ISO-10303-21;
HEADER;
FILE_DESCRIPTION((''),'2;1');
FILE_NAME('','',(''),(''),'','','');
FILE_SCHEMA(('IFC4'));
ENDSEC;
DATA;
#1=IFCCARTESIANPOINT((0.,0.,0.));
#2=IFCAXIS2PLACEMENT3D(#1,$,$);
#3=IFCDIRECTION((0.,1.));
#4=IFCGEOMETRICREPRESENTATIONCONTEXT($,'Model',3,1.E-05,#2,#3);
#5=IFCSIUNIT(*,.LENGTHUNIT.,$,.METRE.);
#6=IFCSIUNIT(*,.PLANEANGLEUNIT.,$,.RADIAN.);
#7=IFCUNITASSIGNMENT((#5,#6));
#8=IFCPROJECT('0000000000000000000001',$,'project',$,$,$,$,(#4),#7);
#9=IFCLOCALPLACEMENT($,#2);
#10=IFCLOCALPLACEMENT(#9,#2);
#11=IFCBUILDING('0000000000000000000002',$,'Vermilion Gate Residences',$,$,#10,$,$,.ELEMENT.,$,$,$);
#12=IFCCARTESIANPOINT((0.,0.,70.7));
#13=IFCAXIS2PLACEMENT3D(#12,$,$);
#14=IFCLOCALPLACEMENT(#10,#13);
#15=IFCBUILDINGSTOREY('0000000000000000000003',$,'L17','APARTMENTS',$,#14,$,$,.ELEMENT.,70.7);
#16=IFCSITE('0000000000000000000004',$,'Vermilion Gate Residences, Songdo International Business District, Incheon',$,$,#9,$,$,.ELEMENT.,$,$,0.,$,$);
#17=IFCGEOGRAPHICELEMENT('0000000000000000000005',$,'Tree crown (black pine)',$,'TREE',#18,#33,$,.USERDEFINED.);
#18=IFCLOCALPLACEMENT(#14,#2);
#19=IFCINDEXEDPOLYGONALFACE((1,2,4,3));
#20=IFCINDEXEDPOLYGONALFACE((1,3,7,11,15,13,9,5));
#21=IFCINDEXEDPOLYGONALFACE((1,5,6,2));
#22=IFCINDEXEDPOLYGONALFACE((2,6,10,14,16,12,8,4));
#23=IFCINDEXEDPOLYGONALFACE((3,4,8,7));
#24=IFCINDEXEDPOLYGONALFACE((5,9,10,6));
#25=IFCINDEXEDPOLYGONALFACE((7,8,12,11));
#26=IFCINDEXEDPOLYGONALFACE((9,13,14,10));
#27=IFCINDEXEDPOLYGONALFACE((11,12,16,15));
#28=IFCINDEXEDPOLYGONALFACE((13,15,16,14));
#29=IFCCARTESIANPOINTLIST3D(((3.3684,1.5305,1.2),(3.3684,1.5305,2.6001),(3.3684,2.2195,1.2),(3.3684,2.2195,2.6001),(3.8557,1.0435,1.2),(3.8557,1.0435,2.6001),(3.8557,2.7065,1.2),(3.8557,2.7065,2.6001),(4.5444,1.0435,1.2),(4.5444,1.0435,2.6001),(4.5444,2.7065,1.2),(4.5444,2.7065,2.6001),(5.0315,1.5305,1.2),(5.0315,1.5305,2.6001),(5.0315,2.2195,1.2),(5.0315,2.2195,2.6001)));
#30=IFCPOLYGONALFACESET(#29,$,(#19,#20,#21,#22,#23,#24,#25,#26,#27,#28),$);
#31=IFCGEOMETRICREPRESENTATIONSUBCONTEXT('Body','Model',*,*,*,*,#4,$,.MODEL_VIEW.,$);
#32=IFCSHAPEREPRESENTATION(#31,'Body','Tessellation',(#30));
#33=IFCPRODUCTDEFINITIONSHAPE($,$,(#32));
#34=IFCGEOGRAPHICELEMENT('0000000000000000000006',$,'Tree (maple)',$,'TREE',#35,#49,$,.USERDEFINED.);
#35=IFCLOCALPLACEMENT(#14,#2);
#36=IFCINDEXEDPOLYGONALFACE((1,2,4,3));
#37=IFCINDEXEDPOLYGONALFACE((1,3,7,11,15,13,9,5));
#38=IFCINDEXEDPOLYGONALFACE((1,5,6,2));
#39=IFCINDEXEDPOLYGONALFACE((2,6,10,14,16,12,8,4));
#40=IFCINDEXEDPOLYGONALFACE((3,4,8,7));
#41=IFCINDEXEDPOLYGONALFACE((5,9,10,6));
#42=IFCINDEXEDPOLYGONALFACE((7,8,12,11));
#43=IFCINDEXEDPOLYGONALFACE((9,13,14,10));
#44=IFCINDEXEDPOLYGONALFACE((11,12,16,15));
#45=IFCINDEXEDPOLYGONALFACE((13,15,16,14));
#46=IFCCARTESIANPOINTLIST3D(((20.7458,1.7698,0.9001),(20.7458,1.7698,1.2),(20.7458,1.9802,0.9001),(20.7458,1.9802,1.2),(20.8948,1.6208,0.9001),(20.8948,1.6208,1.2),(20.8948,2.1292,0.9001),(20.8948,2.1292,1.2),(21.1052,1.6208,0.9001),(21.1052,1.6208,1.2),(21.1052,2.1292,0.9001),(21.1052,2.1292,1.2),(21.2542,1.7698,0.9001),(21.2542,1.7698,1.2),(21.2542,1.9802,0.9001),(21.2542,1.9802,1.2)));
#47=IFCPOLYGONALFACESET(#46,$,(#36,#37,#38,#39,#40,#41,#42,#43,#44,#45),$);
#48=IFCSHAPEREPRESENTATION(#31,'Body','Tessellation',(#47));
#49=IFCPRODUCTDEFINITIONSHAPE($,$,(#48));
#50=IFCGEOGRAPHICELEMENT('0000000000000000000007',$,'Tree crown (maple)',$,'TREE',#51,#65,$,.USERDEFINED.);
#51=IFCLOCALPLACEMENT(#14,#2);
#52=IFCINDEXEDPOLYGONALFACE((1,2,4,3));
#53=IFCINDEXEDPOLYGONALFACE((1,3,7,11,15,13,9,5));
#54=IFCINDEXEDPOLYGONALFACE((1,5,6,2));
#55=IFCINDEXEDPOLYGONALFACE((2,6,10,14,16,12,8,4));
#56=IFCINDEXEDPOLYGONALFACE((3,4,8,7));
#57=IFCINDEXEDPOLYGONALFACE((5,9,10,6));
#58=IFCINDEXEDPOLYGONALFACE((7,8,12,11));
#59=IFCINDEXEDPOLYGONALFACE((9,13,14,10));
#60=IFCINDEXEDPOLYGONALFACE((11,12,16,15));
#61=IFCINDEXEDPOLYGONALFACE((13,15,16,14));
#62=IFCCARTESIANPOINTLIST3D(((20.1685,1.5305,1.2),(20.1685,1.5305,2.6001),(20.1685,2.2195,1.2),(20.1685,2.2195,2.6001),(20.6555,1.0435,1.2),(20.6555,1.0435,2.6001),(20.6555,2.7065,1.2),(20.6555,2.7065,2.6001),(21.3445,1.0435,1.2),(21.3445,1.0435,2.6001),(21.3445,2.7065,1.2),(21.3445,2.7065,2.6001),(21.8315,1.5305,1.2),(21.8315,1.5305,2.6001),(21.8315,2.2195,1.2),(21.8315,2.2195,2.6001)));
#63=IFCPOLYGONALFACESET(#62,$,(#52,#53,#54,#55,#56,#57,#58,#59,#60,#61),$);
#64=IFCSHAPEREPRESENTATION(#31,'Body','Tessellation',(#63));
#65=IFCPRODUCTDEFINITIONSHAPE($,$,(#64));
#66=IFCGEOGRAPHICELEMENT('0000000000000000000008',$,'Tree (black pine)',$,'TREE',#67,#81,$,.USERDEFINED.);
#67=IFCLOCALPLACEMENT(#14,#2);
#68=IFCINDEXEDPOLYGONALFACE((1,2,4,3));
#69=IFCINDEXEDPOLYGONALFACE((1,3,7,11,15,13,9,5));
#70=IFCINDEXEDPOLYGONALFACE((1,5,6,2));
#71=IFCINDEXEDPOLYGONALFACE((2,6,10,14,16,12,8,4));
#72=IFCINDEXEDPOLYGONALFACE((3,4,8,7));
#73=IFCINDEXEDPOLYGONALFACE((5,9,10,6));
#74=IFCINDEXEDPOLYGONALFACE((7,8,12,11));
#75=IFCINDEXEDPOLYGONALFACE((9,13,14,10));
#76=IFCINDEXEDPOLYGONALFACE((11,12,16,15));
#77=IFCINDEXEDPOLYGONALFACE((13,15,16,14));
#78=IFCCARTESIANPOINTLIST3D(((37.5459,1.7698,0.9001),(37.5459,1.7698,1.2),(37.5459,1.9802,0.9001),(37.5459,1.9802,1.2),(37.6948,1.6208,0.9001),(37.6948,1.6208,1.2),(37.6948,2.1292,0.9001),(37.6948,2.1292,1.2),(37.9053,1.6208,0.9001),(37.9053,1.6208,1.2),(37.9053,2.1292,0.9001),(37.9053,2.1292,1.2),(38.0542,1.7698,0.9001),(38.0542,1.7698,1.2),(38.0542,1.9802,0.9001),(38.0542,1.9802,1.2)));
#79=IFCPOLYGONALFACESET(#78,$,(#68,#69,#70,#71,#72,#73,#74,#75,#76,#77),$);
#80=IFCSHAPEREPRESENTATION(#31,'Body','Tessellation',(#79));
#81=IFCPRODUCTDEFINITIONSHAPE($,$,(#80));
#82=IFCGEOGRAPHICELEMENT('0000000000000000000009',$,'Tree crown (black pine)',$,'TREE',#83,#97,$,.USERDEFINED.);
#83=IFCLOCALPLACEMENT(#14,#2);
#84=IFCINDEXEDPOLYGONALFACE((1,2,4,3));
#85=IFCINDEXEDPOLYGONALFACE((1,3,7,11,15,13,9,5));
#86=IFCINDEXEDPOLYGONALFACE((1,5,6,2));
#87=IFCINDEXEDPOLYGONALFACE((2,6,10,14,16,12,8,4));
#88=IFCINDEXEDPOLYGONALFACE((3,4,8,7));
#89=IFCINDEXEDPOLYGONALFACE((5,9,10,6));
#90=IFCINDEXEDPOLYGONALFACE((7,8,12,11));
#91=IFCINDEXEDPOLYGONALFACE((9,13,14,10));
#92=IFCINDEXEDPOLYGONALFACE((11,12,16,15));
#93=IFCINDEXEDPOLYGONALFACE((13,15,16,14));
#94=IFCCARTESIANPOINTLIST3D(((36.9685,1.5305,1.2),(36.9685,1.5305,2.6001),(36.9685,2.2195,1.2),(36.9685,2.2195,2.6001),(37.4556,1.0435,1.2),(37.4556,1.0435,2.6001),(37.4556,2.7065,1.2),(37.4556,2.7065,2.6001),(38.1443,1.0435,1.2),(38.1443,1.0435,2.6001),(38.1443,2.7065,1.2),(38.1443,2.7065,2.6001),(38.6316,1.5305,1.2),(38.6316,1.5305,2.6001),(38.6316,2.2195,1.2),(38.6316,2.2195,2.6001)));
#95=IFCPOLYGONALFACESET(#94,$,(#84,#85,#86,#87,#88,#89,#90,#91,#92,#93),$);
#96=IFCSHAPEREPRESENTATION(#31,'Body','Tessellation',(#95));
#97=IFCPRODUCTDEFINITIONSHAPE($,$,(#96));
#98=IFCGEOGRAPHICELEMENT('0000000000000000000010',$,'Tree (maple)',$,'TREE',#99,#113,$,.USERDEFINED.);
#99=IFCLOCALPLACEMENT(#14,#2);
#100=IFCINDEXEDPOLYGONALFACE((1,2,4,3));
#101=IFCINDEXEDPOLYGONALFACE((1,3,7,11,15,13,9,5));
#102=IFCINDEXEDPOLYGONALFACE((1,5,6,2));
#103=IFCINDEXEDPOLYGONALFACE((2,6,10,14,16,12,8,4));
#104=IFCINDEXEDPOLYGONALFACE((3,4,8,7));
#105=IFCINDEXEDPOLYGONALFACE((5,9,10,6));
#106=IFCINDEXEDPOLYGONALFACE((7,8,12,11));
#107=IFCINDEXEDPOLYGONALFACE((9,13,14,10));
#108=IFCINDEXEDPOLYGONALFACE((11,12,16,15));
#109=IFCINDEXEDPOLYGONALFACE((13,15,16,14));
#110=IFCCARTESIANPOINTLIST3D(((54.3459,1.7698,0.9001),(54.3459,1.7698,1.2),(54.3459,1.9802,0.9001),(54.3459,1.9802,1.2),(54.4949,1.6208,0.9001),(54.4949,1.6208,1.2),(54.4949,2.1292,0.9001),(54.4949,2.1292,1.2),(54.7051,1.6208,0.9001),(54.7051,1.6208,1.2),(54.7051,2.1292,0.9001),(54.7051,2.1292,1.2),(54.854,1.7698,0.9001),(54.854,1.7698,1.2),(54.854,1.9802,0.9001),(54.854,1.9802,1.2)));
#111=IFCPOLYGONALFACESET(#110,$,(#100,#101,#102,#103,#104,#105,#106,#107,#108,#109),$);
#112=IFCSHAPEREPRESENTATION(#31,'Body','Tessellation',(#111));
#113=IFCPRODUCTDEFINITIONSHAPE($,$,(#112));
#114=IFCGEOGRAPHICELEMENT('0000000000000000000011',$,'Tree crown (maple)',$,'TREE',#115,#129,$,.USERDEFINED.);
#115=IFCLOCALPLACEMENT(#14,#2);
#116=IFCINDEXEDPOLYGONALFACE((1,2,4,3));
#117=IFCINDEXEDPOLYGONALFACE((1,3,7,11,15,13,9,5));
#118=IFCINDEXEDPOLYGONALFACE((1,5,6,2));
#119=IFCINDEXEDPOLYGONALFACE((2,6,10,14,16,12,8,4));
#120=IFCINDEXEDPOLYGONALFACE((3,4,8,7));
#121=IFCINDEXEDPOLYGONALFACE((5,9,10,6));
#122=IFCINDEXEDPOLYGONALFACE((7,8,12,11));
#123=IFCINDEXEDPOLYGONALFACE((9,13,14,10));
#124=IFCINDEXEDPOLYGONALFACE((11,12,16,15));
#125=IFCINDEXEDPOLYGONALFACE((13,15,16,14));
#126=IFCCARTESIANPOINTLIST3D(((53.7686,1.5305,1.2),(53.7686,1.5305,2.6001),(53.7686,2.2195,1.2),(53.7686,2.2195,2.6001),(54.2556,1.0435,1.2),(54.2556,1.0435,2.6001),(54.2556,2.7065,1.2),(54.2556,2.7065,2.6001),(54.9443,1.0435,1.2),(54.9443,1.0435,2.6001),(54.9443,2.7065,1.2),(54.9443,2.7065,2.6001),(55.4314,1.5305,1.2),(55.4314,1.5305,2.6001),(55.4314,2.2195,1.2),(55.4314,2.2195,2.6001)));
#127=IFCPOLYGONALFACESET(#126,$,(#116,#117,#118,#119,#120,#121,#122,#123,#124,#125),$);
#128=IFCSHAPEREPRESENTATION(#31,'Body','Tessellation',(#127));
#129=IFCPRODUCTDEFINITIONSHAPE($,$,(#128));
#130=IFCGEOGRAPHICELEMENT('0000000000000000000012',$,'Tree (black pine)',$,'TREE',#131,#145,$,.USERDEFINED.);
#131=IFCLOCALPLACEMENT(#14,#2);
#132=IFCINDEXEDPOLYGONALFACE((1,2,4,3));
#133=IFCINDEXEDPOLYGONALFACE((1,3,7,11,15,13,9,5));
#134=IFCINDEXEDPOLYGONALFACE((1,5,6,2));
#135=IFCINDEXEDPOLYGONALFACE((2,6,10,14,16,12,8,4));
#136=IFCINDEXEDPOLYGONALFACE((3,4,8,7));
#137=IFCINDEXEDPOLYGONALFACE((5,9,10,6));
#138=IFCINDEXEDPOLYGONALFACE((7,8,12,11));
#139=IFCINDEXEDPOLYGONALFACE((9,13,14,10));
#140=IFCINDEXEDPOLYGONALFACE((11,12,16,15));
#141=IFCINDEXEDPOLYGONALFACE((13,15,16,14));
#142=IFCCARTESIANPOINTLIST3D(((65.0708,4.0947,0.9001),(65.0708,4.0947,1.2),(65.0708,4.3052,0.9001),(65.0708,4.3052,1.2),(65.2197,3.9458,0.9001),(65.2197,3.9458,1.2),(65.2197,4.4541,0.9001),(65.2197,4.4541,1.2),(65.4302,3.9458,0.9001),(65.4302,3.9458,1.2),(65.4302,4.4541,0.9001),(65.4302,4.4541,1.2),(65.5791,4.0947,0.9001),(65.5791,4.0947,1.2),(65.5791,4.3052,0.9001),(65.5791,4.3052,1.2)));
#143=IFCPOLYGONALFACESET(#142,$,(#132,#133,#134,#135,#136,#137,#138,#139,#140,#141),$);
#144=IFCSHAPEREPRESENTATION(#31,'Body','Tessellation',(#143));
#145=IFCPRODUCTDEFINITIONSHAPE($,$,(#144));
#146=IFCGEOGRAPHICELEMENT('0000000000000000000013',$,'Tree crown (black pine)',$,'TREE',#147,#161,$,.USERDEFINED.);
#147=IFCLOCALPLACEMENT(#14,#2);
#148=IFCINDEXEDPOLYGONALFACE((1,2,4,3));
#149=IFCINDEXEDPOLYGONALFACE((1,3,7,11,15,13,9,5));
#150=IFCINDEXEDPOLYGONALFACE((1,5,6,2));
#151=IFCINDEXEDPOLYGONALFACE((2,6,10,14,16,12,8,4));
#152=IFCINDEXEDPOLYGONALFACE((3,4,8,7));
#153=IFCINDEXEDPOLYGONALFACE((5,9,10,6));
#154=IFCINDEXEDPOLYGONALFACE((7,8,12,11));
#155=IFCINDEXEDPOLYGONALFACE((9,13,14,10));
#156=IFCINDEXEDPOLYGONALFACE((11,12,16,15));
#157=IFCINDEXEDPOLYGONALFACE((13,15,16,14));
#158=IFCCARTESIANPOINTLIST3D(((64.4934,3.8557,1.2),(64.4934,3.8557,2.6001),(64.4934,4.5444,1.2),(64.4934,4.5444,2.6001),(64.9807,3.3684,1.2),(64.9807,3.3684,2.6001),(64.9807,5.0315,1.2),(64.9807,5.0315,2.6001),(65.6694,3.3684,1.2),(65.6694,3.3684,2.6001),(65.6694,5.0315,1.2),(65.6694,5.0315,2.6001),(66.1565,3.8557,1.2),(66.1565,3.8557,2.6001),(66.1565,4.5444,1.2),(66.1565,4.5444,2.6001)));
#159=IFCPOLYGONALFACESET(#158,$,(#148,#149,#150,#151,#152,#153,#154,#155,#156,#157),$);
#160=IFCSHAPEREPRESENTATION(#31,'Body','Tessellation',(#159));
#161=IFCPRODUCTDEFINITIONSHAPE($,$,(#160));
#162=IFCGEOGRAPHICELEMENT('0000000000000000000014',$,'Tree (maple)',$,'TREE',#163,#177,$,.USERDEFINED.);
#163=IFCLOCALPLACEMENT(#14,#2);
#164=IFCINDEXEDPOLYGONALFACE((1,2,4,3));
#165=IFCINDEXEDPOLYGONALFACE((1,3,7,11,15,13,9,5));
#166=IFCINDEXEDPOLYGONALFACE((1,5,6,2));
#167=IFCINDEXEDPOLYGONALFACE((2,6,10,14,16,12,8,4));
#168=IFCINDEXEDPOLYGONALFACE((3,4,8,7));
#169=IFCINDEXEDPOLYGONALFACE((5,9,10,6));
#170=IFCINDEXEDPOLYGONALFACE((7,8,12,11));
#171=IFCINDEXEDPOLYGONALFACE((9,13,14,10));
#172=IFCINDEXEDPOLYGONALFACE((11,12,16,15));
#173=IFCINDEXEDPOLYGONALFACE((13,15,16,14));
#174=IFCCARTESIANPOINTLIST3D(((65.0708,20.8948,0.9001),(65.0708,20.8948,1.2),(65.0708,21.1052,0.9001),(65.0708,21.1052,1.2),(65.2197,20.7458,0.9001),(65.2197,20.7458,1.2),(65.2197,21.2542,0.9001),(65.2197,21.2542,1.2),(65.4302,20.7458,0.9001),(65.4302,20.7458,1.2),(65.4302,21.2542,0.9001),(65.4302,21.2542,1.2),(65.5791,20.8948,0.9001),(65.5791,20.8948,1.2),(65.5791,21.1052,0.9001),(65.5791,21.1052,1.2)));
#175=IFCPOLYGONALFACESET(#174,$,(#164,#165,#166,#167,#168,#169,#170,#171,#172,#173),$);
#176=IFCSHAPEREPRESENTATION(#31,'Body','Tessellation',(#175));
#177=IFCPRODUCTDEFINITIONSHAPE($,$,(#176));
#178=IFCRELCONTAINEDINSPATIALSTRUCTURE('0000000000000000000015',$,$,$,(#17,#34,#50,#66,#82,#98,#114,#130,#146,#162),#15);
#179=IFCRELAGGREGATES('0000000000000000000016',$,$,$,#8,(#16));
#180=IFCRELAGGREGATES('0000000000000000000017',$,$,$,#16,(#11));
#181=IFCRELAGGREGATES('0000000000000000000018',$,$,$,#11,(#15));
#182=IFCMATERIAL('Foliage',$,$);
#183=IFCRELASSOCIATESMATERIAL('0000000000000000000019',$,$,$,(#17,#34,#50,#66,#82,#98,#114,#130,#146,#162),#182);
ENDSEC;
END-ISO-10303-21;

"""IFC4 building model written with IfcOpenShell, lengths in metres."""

from ifc_helpers import new_model, si_unit, direction, frame, origin, place, context, subcontext, project, spatial, polyline, outline, extrude, material, element, save


model = new_model("IFC4")

# Units and contexts
model_context = context("Model", 3, precision=1e-05, world=origin(), true_north=direction((0.0, 1.0)))
body_context = subcontext(model_context, "Body", "Model", "MODEL_VIEW")
ifc_project = project(units=[si_unit("LENGTHUNIT", "METRE"), si_unit("PLANEANGLEUNIT", "RADIAN")], contexts=[model_context])

# Site, building, storey
site_placement = place(None, origin())
site = spatial("IfcSite", under=ifc_project, at=site_placement, Name="Vermilion Gate Residences, Songdo International Business District, Incheon", CompositionType="ELEMENT", RefElevation=0.0)
building_placement = place(site_placement, origin())
building = spatial("IfcBuilding", under=site, at=building_placement, Name="Vermilion Gate Residences", CompositionType="ELEMENT")
storey_placement = place(building_placement, frame((0.0, 0.0, 70.7)))
storey = spatial("IfcBuildingStorey", under=building, at=storey_placement, Name="L17", Description="APARTMENTS", CompositionType="ELEMENT", Elevation=70.7)

# Geographic elements
ifc_material_1 = material(Name="Foliage")
geographic_element_1_placement = place(storey_placement, frame((0.0, 0.0, 1.2)))
element("IfcGeographicElement", 1, at=geographic_element_1_placement, inside=storey, material=ifc_material_1, Name="Tree crown (black pine)", ObjectType="TREE", PredefinedType="USERDEFINED", context=body_context, shape_type="SweptSolid", body=[
    extrude(outline(polyline([(5.0315, 2.2195), (4.5444, 2.7065), (3.8557, 2.7065), (3.3684, 2.2195), (3.3684, 1.5305), (3.8557, 1.0435), (4.5444, 1.0435), (5.0315, 1.5305), (5.0315, 2.2195)])), origin(), (0.0, 0.0, 1.0), 1.4001),
])
geographic_element_2_placement = place(storey_placement, frame((0.0, 0.0, 0.9001)))
element("IfcGeographicElement", 2, at=geographic_element_2_placement, inside=storey, material=ifc_material_1, Name="Tree (maple)", ObjectType="TREE", PredefinedType="USERDEFINED", context=body_context, shape_type="SweptSolid", body=[
    extrude(outline(polyline([(21.2542, 1.9802), (21.1052, 2.1292), (20.8948, 2.1292), (20.7458, 1.9802), (20.7458, 1.7698), (20.8948, 1.6208), (21.1052, 1.6208), (21.2542, 1.7698), (21.2542, 1.9802)])), origin(), (0.0, 0.0, 1.0), 0.2998),
])
geographic_element_3_placement = place(storey_placement, frame((0.0, 0.0, 1.2)))
element("IfcGeographicElement", 3, at=geographic_element_3_placement, inside=storey, material=ifc_material_1, Name="Tree crown (maple)", ObjectType="TREE", PredefinedType="USERDEFINED", context=body_context, shape_type="SweptSolid", body=[
    extrude(outline(polyline([(21.8315, 2.2195), (21.3445, 2.7065), (20.6555, 2.7065), (20.1685, 2.2195), (20.1685, 1.5305), (20.6555, 1.0435), (21.3445, 1.0435), (21.8315, 1.5305), (21.8315, 2.2195)])), origin(), (0.0, 0.0, 1.0), 1.4001),
])
geographic_element_4_placement = place(storey_placement, frame((0.0, 0.0, 0.9001)))
element("IfcGeographicElement", 4, at=geographic_element_4_placement, inside=storey, material=ifc_material_1, Name="Tree (black pine)", ObjectType="TREE", PredefinedType="USERDEFINED", context=body_context, shape_type="SweptSolid", body=[
    extrude(outline(polyline([(38.0542, 1.9802), (37.9053, 2.1292), (37.6948, 2.1292), (37.5459, 1.9802), (37.5459, 1.7698), (37.6948, 1.6208), (37.9053, 1.6208), (38.0542, 1.7698), (38.0542, 1.9802)])), origin(), (0.0, 0.0, 1.0), 0.2998),
])
geographic_element_5_placement = place(storey_placement, frame((0.0, 0.0, 1.2)))
element("IfcGeographicElement", 5, at=geographic_element_5_placement, inside=storey, material=ifc_material_1, Name="Tree crown (black pine)", ObjectType="TREE", PredefinedType="USERDEFINED", context=body_context, shape_type="SweptSolid", body=[
    extrude(outline(polyline([(38.6316, 2.2195), (38.1443, 2.7065), (37.4556, 2.7065), (36.9685, 2.2195), (36.9685, 1.5305), (37.4556, 1.0435), (38.1443, 1.0435), (38.6316, 1.5305), (38.6316, 2.2195)])), origin(), (0.0, 0.0, 1.0), 1.4001),
])
geographic_element_6_placement = place(storey_placement, frame((0.0, 0.0, 0.9001)))
element("IfcGeographicElement", 6, at=geographic_element_6_placement, inside=storey, material=ifc_material_1, Name="Tree (maple)", ObjectType="TREE", PredefinedType="USERDEFINED", context=body_context, shape_type="SweptSolid", body=[
    extrude(outline(polyline([(54.854, 1.9802), (54.7051, 2.1292), (54.4949, 2.1292), (54.3459, 1.9802), (54.3459, 1.7698), (54.4949, 1.6208), (54.7051, 1.6208), (54.854, 1.7698), (54.854, 1.9802)])), origin(), (0.0, 0.0, 1.0), 0.2998),
])
geographic_element_7_placement = place(storey_placement, frame((0.0, 0.0, 1.2)))
element("IfcGeographicElement", 7, at=geographic_element_7_placement, inside=storey, material=ifc_material_1, Name="Tree crown (maple)", ObjectType="TREE", PredefinedType="USERDEFINED", context=body_context, shape_type="SweptSolid", body=[
    extrude(outline(polyline([(55.4314, 2.2195), (54.9443, 2.7065), (54.2556, 2.7065), (53.7686, 2.2195), (53.7686, 1.5305), (54.2556, 1.0435), (54.9443, 1.0435), (55.4314, 1.5305), (55.4314, 2.2195)])), origin(), (0.0, 0.0, 1.0), 1.4001),
])
geographic_element_8_placement = place(storey_placement, frame((0.0, 0.0, 0.9001)))
element("IfcGeographicElement", 8, at=geographic_element_8_placement, inside=storey, material=ifc_material_1, Name="Tree (black pine)", ObjectType="TREE", PredefinedType="USERDEFINED", context=body_context, shape_type="SweptSolid", body=[
    extrude(outline(polyline([(65.5791, 4.3052), (65.4302, 4.4541), (65.2197, 4.4541), (65.0708, 4.3052), (65.0708, 4.0947), (65.2197, 3.9458), (65.4302, 3.9458), (65.5791, 4.0947), (65.5791, 4.3052)])), origin(), (0.0, 0.0, 1.0), 0.2998),
])
geographic_element_9_placement = place(storey_placement, frame((0.0, 0.0, 1.2)))
element("IfcGeographicElement", 9, at=geographic_element_9_placement, inside=storey, material=ifc_material_1, Name="Tree crown (black pine)", ObjectType="TREE", PredefinedType="USERDEFINED", context=body_context, shape_type="SweptSolid", body=[
    extrude(outline(polyline([(66.1565, 4.5444), (65.6694, 5.0315), (64.9807, 5.0315), (64.4934, 4.5444), (64.4934, 3.8557), (64.9807, 3.3684), (65.6694, 3.3684), (66.1565, 3.8557), (66.1565, 4.5444)])), origin(), (0.0, 0.0, 1.0), 1.4001),
])
geographic_element_10_placement = place(storey_placement, frame((0.0, 0.0, 0.9001)))
element("IfcGeographicElement", 10, at=geographic_element_10_placement, inside=storey, material=ifc_material_1, Name="Tree (maple)", ObjectType="TREE", PredefinedType="USERDEFINED", context=body_context, shape_type="SweptSolid", body=[
    extrude(outline(polyline([(65.5791, 21.1052), (65.4302, 21.2542), (65.2197, 21.2542), (65.0708, 21.1052), (65.0708, 20.8948), (65.2197, 20.7458), (65.4302, 20.7458), (65.5791, 20.8948), (65.5791, 21.1052)])), origin(), (0.0, 0.0, 1.0), 0.2998),
])

save(model, "model.ifc")
